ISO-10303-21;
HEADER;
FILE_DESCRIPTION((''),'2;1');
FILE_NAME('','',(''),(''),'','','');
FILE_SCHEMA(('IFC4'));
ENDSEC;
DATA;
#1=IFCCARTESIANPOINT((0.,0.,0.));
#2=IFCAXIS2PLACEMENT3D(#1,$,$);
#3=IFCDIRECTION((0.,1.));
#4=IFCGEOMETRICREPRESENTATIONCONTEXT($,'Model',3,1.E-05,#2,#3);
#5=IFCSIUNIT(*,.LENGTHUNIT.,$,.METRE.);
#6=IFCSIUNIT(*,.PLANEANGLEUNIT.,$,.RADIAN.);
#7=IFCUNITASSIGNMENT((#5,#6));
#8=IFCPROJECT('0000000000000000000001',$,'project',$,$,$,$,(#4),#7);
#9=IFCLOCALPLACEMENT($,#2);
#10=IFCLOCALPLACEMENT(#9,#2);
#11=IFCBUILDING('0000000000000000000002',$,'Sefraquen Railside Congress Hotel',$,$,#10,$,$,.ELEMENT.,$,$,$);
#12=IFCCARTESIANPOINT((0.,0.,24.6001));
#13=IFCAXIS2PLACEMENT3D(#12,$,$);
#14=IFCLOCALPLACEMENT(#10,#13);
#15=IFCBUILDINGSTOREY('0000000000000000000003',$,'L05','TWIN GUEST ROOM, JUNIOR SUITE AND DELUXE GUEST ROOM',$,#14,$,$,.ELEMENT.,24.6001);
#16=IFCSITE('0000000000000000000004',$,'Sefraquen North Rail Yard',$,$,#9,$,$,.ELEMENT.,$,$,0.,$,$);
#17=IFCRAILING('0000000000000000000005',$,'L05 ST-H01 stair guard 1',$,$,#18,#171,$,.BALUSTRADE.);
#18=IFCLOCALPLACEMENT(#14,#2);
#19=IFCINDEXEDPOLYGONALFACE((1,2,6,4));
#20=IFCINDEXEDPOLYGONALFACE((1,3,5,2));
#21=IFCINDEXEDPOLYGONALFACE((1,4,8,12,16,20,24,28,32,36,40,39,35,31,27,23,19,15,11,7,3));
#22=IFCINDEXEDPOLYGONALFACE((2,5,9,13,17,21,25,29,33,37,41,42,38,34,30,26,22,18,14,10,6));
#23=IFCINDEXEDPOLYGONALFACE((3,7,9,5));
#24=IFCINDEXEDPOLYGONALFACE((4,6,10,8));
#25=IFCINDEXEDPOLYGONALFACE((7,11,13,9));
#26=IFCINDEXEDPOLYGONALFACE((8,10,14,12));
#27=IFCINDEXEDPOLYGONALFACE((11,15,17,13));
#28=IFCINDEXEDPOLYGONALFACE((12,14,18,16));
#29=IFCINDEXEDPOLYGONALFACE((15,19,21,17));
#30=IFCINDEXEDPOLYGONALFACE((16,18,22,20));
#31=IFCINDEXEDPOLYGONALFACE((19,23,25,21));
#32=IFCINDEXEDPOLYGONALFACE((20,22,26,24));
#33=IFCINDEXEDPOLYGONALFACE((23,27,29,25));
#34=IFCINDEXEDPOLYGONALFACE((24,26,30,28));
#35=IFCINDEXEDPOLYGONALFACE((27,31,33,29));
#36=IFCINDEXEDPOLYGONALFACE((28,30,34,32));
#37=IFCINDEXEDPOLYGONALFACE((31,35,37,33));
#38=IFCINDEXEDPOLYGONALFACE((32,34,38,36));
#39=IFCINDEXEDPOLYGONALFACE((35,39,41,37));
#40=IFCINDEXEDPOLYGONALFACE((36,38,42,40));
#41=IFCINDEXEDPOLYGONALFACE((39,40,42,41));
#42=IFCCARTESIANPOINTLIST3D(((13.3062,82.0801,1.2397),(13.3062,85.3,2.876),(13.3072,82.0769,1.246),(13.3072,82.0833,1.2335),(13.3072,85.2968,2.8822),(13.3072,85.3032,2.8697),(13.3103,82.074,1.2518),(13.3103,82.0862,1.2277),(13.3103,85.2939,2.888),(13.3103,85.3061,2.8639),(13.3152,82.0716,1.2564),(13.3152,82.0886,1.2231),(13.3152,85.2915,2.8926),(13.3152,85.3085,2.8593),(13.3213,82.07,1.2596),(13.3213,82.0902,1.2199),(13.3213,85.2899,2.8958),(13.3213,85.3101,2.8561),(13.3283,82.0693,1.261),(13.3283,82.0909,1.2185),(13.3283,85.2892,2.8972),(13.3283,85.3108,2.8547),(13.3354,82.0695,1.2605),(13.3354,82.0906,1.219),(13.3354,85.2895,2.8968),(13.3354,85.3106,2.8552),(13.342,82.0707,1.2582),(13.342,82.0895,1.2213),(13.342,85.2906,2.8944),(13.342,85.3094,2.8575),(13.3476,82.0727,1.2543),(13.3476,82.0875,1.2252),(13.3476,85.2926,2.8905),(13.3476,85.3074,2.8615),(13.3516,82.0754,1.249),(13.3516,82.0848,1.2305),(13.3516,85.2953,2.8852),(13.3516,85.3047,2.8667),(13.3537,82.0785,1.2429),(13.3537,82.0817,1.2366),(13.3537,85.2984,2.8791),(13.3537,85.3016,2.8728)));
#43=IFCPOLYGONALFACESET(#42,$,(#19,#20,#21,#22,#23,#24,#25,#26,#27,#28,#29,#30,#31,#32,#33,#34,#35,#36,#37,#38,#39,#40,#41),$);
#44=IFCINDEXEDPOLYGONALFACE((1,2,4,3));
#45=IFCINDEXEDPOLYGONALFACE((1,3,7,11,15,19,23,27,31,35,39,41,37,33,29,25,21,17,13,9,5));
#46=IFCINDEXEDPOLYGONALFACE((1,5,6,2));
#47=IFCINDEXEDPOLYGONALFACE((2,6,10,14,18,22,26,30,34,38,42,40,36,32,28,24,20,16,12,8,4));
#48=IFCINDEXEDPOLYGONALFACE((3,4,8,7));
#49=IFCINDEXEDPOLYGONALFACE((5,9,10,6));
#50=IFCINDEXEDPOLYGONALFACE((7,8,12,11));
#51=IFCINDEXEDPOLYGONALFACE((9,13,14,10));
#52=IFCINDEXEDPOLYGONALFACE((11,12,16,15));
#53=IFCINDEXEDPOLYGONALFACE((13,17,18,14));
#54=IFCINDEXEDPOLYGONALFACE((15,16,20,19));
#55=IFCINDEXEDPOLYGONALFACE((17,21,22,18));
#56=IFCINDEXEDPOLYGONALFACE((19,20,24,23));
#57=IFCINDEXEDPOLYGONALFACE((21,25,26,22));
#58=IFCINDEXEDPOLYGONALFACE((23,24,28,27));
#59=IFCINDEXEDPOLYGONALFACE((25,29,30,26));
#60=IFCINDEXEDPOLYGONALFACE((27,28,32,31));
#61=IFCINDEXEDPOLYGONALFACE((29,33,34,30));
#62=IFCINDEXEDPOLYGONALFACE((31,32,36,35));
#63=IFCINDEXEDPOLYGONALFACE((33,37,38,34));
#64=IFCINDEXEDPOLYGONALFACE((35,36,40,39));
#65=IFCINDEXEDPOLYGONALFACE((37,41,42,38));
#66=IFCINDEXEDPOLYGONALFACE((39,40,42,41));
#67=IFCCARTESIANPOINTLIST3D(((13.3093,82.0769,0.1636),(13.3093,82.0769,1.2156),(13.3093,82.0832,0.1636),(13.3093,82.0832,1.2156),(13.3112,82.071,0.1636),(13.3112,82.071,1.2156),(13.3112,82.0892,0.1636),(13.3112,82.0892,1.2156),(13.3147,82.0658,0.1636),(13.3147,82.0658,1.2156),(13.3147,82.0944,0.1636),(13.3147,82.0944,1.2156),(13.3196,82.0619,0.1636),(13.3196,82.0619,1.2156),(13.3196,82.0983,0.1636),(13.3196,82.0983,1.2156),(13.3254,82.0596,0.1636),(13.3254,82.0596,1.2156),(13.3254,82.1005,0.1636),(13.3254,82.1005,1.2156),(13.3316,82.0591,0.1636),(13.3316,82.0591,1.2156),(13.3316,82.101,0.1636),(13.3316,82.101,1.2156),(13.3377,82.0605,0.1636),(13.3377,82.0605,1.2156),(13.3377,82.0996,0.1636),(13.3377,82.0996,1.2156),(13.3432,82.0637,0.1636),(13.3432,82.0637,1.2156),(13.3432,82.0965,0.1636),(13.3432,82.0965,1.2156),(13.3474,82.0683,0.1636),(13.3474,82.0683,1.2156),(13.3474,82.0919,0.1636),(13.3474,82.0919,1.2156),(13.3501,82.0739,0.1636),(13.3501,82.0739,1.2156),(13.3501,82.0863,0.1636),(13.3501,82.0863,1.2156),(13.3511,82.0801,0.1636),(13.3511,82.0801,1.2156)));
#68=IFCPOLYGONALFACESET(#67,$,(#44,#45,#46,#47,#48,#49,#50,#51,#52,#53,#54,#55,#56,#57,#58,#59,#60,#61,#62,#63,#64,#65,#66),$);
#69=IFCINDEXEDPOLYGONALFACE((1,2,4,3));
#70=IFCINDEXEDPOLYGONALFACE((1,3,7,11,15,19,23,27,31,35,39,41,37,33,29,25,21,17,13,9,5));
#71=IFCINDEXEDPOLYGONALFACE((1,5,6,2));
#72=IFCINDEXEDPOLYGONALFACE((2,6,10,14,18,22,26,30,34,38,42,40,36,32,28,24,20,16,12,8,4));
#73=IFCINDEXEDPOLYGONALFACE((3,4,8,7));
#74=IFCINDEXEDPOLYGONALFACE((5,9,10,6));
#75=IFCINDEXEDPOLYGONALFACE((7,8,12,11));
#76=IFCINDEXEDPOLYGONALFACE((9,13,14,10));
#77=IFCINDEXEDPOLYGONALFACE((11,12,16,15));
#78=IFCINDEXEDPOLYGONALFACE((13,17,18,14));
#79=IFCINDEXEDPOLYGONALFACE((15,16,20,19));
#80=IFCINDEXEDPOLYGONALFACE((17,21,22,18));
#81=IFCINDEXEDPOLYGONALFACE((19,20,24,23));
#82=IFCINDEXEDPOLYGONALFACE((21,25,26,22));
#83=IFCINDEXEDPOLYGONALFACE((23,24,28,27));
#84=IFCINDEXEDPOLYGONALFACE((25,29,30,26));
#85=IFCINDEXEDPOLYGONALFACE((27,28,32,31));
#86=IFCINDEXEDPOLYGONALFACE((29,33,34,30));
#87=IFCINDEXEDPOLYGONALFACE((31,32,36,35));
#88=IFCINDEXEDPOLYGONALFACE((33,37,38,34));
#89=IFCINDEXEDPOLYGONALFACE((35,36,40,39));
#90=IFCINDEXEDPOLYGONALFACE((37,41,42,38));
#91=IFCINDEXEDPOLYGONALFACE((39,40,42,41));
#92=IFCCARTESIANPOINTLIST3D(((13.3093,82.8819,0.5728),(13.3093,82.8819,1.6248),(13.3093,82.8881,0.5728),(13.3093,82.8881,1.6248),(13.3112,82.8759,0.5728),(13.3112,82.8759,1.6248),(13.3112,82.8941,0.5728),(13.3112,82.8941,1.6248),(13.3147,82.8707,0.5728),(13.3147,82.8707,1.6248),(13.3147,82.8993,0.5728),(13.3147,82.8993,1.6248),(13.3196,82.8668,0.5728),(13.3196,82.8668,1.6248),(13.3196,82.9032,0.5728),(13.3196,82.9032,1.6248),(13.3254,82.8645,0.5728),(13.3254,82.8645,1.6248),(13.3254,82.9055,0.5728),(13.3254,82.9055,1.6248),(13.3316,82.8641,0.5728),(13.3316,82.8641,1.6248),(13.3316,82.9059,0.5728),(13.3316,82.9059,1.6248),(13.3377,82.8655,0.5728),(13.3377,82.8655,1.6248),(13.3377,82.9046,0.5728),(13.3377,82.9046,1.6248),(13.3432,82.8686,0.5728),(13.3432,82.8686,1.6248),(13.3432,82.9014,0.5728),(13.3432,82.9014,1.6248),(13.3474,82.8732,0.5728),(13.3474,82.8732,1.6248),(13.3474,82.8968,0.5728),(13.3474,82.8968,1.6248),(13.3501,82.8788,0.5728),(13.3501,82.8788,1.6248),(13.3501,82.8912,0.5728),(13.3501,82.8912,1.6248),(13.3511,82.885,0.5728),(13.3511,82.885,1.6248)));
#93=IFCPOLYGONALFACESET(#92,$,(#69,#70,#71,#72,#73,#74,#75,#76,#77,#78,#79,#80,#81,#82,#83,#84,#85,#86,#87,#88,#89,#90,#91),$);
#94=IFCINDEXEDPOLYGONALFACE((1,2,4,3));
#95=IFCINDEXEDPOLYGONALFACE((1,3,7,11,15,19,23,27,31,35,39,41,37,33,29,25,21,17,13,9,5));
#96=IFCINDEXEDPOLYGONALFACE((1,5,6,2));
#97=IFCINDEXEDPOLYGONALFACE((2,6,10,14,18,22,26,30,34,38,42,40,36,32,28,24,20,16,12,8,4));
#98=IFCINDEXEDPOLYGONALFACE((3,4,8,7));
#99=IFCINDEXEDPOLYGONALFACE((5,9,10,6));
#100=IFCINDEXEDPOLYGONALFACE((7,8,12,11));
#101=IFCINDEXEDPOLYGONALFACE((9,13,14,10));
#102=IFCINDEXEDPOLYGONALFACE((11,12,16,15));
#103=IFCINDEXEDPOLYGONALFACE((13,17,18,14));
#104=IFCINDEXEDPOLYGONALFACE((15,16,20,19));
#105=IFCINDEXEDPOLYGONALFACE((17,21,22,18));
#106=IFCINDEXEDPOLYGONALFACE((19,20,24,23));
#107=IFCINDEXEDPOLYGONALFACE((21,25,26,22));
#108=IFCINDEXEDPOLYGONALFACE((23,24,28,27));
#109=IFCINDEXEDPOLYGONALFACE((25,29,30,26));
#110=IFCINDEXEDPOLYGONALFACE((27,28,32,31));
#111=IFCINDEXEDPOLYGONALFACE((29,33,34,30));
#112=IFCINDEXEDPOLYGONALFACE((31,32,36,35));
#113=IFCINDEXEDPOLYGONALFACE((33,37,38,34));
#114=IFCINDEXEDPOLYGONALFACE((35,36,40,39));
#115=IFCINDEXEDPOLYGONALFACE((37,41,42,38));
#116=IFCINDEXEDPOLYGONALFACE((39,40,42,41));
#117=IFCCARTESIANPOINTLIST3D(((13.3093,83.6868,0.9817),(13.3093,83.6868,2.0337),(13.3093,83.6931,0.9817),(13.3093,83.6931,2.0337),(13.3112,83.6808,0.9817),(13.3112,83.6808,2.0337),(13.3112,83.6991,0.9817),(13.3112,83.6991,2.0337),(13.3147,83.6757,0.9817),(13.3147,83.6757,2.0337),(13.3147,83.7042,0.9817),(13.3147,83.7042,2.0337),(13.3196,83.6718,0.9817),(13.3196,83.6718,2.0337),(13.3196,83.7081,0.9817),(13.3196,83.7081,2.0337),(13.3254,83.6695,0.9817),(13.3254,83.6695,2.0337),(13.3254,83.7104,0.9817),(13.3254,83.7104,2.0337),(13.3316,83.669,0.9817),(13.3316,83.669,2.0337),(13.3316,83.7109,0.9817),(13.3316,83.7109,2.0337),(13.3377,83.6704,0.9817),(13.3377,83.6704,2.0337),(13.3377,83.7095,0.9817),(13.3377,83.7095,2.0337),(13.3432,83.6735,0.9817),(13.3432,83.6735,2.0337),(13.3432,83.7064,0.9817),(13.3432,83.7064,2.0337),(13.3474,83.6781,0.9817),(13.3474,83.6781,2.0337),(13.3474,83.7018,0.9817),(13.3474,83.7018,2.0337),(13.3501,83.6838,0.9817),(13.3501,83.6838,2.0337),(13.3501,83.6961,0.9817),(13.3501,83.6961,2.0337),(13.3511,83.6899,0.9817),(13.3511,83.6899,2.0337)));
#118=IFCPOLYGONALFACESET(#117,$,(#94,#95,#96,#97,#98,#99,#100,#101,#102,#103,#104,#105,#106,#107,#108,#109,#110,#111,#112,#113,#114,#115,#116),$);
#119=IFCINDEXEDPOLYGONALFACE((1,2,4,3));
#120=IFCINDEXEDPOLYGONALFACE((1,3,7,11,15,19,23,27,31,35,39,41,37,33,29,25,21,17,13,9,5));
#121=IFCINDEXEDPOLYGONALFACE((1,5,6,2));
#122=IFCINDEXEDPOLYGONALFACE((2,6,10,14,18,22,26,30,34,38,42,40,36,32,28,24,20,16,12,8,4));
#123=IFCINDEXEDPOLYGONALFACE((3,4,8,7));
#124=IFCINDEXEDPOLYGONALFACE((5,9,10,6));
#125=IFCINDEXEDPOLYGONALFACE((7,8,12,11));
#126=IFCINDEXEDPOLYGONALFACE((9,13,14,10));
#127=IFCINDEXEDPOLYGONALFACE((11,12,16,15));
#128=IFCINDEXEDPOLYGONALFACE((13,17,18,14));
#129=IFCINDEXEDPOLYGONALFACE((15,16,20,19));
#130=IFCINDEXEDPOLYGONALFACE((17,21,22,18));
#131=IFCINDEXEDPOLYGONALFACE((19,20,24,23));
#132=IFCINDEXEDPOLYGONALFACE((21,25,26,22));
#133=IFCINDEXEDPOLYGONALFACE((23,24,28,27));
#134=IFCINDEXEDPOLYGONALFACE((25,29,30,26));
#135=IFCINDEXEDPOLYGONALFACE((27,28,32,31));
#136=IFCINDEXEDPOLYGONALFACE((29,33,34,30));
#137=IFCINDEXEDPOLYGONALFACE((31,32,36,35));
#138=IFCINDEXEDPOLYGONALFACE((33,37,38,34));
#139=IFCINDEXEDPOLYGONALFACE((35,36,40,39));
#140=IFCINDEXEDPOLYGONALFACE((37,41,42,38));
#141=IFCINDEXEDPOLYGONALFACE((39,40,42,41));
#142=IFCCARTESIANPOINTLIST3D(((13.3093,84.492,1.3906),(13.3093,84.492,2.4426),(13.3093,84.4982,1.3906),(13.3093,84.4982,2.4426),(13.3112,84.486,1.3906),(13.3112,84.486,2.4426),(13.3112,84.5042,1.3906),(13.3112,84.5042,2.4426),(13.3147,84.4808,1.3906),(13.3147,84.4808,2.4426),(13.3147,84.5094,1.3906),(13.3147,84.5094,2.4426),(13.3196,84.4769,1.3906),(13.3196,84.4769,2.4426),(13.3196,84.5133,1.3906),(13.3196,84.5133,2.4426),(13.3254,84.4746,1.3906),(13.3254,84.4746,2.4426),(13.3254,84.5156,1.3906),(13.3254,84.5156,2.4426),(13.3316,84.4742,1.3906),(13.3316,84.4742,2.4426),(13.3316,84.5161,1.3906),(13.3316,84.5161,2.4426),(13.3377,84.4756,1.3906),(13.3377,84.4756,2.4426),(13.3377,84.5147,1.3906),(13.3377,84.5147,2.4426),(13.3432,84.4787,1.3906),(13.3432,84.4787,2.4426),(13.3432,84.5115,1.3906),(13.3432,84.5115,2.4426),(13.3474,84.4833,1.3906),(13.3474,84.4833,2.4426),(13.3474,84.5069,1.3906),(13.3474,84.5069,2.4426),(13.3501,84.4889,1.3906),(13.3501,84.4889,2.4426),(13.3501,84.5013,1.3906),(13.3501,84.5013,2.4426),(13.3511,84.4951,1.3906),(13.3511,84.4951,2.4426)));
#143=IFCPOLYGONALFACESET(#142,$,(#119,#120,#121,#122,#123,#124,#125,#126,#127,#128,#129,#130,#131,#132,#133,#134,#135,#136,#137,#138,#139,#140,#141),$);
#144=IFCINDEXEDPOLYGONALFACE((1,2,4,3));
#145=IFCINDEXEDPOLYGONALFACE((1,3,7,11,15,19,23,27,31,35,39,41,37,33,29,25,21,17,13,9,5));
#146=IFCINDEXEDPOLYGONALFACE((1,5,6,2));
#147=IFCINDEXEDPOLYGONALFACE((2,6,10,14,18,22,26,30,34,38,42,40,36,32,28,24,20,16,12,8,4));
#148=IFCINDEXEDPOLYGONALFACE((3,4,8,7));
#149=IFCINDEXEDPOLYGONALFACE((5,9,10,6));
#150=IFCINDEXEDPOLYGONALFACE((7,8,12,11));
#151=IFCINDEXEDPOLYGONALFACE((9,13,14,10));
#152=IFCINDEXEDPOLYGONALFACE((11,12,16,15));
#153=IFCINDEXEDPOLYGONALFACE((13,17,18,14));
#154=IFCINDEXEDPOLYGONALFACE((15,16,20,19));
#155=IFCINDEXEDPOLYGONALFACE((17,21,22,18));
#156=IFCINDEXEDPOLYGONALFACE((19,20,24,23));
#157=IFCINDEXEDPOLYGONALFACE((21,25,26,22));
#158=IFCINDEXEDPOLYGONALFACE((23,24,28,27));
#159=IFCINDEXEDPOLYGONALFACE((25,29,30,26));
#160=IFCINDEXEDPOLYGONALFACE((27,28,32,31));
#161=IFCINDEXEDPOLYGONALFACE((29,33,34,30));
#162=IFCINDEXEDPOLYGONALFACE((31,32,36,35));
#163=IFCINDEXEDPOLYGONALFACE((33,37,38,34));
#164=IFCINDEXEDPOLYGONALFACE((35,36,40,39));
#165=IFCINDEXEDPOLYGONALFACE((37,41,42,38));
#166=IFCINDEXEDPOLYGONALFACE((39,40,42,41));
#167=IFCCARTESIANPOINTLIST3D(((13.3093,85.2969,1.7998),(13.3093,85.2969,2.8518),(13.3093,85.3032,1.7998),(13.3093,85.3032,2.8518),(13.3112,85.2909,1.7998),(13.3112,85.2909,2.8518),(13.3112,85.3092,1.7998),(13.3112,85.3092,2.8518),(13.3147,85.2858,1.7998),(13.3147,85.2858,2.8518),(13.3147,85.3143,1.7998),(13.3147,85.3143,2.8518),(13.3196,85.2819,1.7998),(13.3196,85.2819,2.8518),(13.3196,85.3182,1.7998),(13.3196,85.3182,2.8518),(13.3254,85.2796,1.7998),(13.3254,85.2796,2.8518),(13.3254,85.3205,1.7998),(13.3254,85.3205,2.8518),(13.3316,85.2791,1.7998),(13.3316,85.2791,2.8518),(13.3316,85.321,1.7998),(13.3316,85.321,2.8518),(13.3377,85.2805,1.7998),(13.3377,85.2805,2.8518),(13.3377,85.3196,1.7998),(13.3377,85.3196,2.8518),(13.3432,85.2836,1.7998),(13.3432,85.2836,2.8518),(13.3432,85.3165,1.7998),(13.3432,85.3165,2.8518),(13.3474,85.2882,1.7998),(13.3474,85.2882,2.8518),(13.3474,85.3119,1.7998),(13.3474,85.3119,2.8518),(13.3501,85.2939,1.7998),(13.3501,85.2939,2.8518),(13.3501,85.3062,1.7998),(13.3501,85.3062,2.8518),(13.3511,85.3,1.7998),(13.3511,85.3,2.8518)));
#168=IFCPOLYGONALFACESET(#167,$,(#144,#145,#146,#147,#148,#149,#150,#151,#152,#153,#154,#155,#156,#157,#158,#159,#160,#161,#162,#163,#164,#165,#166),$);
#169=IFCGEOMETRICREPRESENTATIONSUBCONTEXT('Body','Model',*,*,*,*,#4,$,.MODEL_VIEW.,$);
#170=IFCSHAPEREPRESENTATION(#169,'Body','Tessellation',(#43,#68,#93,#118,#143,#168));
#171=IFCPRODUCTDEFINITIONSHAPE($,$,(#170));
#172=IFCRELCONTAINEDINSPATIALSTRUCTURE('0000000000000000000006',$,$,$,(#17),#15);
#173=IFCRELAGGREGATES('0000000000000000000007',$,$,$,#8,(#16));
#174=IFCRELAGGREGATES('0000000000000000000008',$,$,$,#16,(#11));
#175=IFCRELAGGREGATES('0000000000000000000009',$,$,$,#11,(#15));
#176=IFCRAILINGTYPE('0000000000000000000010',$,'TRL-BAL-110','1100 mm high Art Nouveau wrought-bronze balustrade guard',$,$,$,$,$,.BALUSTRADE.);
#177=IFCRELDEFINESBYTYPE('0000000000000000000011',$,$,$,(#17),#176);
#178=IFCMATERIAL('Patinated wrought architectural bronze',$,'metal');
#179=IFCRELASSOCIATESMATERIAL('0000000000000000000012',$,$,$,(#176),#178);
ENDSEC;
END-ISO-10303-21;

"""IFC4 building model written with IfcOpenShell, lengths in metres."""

from ifc_helpers import new_model, si_unit, direction, frame, origin, origin_2d, place, context, subcontext, project, spatial, circle, extrude, material, type_object, element, save


model = new_model("IFC4")

# Units and contexts
model_context = context("Model", 3, precision=1e-05, world=origin(), true_north=direction((0.0, 1.0)))
body_context = subcontext(model_context, "Body", "Model", "MODEL_VIEW")
ifc_project = project(units=[si_unit("LENGTHUNIT", "METRE"), si_unit("PLANEANGLEUNIT", "RADIAN")], contexts=[model_context])

# Site, building, storey
site_placement = place(None, origin())
site = spatial("IfcSite", under=ifc_project, at=site_placement, Name="Sefraquen North Rail Yard", CompositionType="ELEMENT", RefElevation=0.0)
building_placement = place(site_placement, origin())
building = spatial("IfcBuilding", under=site, at=building_placement, Name="Sefraquen Railside Congress Hotel", CompositionType="ELEMENT")
storey_placement = place(building_placement, frame((0.0, 0.0, 24.6001)))
storey = spatial("IfcBuildingStorey", under=building, at=storey_placement, Name="L05", Description="TWIN GUEST ROOM, JUNIOR SUITE AND DELUXE GUEST ROOM", CompositionType="ELEMENT", Elevation=24.6001)

# Railing
ifc_material_1 = material(Name="Patinated wrought architectural bronze", Category="metal")
railing_type_1 = type_object("IfcRailingType", Name="TRL-BAL-110", Description="1100 mm high Art Nouveau wrought-bronze balustrade guard", PredefinedType="BALUSTRADE", material=ifc_material_1)
railing_1_placement = place(storey_placement, frame((13.3301, 82.0801, 0.1636)))
element("IfcRailing", 1, at=railing_1_placement, inside=storey, type_object=railing_type_1, Name="L05 ST-H01 stair guard 1", PredefinedType="BALUSTRADE", context=body_context, shape_type="SweptSolid", body=[
    extrude(circle(Radius=0.0239, at=origin_2d()), frame((0.0, 0.0, 1.0762), z_axis=(0.0, 0.891502, 0.453017), x_axis=(-1.0, 0.0, 0.0)), (0.0, 0.0, 1.0), 3.6118),
    extrude(circle(Radius=0.021, at=origin_2d()), origin(), (0.0, 0.0, 1.0), 1.052),
    extrude(circle(Radius=0.021, at=origin_2d()), frame((0.0, 0.8049, 0.4092)), (0.0, 0.0, 1.0), 1.052),
    extrude(circle(Radius=0.021, at=origin_2d()), frame((0.0, 1.6099, 0.8181)), (0.0, 0.0, 1.0), 1.052),
    extrude(circle(Radius=0.021, at=origin_2d()), frame((0.0, 2.415, 1.2271)), (0.0, 0.0, 1.0), 1.052),
    extrude(circle(Radius=0.021, at=origin_2d()), frame((0.0, 3.22, 1.6362)), (0.0, 0.0, 1.0), 1.052),
])

save(model, "model.ifc")
